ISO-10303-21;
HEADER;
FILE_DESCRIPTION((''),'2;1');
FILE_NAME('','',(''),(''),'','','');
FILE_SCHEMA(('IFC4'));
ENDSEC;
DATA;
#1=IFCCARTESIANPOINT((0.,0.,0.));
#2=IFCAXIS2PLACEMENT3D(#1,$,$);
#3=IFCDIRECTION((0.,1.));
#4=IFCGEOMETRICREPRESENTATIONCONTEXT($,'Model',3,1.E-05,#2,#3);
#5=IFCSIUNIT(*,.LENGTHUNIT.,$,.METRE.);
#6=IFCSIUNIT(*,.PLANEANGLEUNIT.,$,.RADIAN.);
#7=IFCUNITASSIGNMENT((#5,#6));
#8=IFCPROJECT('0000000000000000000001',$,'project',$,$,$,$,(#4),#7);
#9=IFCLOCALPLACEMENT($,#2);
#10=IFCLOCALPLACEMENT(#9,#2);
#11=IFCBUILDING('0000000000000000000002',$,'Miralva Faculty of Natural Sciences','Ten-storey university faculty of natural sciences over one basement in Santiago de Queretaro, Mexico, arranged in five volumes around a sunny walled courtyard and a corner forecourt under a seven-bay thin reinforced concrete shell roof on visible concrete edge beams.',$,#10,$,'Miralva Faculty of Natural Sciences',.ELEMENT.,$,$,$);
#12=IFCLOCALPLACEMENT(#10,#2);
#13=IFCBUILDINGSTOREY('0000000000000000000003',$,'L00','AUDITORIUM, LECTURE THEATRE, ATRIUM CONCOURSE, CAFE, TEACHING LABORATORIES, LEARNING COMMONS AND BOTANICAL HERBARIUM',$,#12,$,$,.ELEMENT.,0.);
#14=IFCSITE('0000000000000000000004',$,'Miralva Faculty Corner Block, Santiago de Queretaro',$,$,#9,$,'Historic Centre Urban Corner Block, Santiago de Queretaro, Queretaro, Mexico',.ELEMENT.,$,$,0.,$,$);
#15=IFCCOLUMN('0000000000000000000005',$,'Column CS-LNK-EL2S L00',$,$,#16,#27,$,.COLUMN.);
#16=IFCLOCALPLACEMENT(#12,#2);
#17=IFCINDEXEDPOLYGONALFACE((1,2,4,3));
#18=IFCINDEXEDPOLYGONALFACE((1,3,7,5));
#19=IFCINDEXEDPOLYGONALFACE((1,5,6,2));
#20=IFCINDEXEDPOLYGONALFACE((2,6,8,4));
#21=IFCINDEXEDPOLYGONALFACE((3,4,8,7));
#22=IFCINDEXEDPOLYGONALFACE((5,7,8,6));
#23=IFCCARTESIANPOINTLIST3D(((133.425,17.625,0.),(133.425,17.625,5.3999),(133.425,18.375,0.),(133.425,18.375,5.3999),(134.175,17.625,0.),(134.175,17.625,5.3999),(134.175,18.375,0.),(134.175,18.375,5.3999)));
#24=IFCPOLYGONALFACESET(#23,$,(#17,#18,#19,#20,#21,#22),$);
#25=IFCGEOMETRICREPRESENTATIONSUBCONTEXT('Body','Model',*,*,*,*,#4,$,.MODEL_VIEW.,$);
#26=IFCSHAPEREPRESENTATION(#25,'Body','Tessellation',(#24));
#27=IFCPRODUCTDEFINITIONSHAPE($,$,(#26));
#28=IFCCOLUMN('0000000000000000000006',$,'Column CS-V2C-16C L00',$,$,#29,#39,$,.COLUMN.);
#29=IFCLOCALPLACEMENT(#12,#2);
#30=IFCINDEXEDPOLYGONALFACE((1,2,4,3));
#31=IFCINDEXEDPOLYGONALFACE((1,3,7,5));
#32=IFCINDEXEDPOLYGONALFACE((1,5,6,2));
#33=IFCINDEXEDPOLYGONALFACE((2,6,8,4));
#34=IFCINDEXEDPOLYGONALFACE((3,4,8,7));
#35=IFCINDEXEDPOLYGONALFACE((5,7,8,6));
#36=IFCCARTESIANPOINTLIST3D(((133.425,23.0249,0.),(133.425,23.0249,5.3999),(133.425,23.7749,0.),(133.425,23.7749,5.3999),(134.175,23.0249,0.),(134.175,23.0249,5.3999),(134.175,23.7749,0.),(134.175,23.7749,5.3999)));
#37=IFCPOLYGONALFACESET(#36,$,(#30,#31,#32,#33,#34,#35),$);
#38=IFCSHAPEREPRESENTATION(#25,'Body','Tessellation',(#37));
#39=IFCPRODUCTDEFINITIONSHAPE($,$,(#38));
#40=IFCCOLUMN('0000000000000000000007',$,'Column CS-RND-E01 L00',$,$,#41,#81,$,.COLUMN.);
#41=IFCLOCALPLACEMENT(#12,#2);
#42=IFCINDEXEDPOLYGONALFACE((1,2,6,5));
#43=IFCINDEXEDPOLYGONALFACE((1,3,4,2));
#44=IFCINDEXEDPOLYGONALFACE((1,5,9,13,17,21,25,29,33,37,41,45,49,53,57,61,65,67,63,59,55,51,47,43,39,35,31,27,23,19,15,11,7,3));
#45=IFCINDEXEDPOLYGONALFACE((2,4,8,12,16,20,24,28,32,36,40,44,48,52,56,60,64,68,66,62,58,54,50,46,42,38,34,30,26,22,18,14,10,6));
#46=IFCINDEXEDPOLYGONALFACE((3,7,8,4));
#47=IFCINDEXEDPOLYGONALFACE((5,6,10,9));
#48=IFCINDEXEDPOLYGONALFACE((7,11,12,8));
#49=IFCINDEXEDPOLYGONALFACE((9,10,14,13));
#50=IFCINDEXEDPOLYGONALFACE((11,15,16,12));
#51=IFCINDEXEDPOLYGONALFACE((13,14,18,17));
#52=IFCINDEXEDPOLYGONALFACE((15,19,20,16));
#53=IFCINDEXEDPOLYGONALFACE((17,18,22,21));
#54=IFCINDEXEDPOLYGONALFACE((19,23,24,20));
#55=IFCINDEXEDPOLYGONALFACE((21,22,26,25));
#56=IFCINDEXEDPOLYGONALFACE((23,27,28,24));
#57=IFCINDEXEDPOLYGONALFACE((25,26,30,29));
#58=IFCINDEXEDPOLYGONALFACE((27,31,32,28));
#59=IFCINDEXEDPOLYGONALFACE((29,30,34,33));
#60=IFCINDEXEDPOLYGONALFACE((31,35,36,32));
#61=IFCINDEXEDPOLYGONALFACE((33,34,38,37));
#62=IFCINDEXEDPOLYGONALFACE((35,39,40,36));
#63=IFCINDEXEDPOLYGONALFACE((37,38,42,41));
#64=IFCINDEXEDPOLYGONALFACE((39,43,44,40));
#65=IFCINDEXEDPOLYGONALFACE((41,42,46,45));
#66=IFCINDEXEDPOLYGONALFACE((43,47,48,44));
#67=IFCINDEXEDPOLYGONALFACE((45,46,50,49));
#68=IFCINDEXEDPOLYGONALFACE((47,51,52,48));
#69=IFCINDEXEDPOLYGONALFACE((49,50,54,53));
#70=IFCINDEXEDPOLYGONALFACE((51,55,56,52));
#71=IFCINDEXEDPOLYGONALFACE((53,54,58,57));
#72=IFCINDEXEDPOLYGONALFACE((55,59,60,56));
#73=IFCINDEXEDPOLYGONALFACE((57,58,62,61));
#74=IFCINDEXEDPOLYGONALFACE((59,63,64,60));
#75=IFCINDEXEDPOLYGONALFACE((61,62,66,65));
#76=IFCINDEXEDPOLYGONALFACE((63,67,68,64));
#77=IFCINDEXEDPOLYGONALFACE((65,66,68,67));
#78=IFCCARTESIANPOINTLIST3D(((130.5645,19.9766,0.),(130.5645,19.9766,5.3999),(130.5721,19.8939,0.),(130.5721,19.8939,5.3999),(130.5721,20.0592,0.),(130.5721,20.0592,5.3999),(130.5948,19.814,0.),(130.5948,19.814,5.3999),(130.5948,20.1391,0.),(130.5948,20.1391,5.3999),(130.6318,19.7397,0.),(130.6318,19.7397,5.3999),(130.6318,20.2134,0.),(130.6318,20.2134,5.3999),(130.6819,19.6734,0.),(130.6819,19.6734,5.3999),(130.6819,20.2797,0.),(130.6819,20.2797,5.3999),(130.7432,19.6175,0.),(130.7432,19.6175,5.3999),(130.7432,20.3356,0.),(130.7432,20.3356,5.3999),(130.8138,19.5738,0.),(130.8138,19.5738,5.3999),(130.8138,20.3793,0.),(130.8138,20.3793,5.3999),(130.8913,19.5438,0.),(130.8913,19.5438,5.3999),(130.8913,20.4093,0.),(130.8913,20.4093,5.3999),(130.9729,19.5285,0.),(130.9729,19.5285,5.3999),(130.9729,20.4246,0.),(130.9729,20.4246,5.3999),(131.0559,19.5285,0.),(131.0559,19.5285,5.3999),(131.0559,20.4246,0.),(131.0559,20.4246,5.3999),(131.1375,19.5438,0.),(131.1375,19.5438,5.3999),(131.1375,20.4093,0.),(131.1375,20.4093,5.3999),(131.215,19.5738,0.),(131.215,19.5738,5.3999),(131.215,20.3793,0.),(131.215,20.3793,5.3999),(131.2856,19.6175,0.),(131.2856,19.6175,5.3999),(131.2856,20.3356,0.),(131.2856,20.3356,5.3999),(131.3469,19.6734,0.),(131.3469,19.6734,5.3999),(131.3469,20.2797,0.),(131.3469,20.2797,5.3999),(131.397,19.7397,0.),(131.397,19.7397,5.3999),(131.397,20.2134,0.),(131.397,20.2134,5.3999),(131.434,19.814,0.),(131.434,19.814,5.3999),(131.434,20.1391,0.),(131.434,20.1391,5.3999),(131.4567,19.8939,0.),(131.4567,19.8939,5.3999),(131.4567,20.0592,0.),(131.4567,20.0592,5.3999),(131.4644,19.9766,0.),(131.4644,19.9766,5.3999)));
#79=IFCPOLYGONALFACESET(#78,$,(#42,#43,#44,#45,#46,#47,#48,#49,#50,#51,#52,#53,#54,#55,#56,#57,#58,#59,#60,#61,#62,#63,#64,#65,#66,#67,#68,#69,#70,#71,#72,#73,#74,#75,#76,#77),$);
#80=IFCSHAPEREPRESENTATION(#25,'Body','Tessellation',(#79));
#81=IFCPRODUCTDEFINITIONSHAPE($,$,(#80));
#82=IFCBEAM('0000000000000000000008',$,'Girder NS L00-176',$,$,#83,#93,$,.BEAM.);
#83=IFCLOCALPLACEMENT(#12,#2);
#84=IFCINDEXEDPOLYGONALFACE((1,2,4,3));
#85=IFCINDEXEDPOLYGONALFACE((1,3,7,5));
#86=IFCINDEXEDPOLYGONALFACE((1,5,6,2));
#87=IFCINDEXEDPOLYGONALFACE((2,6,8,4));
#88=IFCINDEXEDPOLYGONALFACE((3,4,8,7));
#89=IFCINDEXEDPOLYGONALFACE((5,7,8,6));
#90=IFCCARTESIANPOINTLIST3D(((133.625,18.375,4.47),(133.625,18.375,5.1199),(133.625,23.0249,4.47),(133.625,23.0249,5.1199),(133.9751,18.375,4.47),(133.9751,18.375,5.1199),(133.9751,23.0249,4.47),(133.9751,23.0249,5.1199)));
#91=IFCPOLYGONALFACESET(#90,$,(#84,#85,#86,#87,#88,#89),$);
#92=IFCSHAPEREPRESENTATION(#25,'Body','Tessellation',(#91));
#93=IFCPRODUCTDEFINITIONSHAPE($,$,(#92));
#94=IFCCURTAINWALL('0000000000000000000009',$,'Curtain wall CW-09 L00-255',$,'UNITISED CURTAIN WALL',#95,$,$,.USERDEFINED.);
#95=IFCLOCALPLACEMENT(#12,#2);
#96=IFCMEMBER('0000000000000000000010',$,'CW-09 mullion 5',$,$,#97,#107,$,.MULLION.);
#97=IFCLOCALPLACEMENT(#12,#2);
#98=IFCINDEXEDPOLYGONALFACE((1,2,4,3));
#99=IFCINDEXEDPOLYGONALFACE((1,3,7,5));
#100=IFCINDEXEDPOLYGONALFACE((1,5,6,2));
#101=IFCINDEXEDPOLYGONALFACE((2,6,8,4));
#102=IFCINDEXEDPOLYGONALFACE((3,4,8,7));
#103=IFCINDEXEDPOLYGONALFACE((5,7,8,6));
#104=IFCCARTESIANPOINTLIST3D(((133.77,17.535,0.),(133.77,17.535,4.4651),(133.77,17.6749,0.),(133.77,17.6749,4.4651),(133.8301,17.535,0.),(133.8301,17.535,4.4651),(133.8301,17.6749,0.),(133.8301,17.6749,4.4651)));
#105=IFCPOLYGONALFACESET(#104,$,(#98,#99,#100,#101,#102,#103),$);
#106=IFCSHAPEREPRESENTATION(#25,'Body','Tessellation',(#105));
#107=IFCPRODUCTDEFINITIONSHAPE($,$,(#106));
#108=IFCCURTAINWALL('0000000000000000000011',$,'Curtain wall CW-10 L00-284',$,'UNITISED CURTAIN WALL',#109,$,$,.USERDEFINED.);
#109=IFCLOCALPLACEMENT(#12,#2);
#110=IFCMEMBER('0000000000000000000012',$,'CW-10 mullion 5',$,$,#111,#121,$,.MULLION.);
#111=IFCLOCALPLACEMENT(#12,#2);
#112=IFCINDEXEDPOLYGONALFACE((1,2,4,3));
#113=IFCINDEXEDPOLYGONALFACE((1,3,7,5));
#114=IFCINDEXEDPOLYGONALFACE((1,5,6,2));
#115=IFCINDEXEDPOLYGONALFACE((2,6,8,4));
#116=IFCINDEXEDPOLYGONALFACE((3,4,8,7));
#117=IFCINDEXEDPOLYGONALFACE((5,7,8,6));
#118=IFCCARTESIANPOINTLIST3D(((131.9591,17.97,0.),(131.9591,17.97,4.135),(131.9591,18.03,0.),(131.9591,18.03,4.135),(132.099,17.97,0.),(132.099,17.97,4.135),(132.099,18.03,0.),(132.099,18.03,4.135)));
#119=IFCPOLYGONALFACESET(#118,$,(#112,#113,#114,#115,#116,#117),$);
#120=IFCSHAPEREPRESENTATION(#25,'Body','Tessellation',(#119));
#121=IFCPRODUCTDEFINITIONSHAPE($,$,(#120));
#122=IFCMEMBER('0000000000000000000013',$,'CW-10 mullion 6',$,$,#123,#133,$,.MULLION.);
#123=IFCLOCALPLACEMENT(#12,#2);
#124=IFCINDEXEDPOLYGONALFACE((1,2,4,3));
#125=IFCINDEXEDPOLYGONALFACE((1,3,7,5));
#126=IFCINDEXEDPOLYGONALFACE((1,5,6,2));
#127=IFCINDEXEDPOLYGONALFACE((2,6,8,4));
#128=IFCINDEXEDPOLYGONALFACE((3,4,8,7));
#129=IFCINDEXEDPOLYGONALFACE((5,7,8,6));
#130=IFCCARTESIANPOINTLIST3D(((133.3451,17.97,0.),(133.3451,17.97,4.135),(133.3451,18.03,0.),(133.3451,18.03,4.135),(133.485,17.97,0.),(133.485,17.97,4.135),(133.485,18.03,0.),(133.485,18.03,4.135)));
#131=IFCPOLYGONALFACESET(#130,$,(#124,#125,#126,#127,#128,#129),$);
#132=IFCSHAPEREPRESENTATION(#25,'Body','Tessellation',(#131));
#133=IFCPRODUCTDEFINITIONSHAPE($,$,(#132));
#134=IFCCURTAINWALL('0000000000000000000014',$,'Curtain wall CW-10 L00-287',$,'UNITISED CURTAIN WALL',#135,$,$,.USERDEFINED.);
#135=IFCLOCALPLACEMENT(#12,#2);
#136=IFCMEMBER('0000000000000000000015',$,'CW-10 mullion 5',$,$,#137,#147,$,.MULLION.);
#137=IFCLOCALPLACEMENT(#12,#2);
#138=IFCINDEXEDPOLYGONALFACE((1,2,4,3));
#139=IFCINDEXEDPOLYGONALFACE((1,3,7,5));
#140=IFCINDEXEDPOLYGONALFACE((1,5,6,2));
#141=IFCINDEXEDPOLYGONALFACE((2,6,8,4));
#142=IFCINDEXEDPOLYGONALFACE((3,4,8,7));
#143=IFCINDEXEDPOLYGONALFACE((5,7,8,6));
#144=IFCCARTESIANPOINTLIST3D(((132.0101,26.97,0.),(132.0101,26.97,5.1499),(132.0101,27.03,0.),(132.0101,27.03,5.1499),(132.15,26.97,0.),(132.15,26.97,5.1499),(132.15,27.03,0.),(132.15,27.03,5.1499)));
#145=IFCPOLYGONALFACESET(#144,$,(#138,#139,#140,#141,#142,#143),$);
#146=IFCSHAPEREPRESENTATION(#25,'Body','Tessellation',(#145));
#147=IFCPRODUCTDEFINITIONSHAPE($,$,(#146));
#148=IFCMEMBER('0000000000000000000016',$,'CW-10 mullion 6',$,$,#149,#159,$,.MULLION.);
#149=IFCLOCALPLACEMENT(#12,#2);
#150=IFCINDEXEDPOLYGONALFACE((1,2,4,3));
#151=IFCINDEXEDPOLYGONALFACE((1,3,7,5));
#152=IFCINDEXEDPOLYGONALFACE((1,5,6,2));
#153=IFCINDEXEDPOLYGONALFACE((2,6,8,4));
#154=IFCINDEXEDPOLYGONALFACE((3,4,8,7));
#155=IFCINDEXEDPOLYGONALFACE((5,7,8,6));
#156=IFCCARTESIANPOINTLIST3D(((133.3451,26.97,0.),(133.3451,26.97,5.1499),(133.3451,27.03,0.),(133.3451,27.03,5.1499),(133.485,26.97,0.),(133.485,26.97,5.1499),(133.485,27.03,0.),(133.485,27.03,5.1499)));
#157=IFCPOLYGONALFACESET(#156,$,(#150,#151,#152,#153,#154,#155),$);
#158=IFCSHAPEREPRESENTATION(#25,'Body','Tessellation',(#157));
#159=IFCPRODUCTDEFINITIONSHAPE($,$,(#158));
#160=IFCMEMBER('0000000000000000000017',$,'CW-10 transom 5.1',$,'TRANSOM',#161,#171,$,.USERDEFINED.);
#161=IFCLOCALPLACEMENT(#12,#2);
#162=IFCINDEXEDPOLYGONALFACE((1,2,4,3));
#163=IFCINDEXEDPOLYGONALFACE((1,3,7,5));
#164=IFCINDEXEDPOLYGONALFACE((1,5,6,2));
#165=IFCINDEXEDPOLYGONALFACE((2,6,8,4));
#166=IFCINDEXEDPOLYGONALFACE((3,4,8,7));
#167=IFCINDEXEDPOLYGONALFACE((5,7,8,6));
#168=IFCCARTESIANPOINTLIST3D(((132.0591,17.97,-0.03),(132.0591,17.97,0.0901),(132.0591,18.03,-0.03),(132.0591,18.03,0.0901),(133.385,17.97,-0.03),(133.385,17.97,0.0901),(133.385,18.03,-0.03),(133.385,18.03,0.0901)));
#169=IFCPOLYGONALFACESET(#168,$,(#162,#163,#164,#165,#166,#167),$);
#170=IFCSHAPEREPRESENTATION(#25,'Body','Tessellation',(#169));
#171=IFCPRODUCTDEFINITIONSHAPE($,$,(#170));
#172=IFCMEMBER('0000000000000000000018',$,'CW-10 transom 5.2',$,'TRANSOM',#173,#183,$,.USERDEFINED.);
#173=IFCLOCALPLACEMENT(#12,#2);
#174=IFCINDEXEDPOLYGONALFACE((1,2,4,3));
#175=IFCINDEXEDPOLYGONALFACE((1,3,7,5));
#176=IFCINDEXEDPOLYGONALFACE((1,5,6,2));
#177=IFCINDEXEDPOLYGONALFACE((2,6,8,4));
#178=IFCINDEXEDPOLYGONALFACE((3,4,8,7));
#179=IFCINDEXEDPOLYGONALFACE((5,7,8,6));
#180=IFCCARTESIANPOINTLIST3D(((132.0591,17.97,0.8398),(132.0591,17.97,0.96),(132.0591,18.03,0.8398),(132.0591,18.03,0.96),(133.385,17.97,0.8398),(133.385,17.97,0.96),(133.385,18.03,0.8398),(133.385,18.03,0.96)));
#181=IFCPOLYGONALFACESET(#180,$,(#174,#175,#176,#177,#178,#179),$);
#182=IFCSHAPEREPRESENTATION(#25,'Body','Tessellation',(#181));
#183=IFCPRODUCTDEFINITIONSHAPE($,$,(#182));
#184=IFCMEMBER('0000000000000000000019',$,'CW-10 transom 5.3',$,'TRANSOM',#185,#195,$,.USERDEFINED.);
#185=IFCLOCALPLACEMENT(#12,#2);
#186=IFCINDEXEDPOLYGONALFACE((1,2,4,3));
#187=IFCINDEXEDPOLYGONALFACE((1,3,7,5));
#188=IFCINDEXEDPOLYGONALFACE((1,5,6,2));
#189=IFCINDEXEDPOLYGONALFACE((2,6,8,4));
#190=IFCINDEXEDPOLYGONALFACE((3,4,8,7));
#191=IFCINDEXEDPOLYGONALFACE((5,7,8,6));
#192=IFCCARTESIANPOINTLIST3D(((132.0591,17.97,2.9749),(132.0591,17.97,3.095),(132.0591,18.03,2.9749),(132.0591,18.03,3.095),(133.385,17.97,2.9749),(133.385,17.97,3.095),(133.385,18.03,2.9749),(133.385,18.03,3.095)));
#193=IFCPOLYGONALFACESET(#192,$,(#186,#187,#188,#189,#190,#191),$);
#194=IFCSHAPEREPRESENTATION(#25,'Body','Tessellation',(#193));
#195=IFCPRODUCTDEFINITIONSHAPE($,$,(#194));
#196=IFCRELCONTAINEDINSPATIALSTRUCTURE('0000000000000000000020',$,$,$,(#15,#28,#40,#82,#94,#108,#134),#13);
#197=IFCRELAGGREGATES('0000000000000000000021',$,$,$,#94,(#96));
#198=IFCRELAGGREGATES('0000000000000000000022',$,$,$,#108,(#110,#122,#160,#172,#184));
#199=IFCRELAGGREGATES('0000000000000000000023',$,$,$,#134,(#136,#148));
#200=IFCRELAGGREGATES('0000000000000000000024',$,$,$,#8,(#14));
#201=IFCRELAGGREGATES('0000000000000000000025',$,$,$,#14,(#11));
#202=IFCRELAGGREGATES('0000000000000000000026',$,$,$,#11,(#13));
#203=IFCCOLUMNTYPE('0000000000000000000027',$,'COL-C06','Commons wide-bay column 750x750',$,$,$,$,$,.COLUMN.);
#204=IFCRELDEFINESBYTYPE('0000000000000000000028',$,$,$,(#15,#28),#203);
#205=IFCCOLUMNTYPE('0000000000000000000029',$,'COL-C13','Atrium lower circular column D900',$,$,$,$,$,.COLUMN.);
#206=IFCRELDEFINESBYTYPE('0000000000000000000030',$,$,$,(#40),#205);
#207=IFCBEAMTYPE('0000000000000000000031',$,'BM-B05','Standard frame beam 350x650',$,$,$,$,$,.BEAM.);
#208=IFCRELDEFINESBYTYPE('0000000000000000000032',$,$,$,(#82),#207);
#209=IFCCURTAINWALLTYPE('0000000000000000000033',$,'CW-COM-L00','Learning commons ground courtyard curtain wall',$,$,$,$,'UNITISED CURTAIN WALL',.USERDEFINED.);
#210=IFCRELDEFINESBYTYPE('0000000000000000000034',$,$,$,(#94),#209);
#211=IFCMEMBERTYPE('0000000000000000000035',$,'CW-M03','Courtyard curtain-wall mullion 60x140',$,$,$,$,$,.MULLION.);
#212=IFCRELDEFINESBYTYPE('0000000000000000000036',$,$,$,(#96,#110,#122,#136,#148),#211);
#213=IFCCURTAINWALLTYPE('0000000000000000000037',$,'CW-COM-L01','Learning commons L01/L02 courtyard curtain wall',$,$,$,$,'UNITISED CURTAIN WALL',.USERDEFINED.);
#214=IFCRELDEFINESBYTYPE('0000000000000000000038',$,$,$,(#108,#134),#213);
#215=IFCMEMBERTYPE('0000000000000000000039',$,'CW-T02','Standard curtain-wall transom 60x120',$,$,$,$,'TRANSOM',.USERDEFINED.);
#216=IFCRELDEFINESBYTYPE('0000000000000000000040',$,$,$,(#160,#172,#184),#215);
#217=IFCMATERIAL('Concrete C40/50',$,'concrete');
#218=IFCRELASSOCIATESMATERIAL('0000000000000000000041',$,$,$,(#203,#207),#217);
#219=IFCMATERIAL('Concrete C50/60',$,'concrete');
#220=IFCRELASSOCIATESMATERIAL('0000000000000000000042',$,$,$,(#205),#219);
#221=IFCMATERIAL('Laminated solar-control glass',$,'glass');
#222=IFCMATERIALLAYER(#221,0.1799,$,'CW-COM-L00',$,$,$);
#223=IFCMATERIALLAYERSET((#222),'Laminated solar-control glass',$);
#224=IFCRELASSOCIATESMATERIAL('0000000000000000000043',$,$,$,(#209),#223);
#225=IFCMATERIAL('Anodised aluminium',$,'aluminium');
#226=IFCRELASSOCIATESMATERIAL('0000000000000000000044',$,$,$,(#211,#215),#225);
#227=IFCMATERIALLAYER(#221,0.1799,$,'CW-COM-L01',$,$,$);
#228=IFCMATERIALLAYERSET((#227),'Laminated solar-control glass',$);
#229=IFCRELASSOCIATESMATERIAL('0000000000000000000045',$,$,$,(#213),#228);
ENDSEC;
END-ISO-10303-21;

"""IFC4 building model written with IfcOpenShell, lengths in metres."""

from ifc_helpers import new_model, si_unit, direction, frame, origin, origin_2d, place, context, subcontext, project, spatial, rectangle, circle, extrude, material, layer, layer_set, material_profile, profile_set, type_object, element, aggregate, save


model = new_model("IFC4")

# Units and contexts
model_context = context("Model", 3, precision=1e-05, world=origin(), true_north=direction((0.0, 1.0)))
body_context = subcontext(model_context, "Body", "Model", "MODEL_VIEW")
ifc_project = project(units=[si_unit("LENGTHUNIT", "METRE"), si_unit("PLANEANGLEUNIT", "RADIAN")], contexts=[model_context])

# Site, building, storey
site_placement = place(None, origin())
site = spatial("IfcSite", under=ifc_project, at=site_placement, Name="Miralva Faculty Corner Block, Santiago de Queretaro", LongName="Historic Centre Urban Corner Block, Santiago de Queretaro, Queretaro, Mexico", CompositionType="ELEMENT", RefElevation=0.0)
building_placement = place(site_placement, origin())
building = spatial("IfcBuilding", under=site, at=building_placement, Name="Miralva Faculty of Natural Sciences", Description="Ten-storey university faculty of natural sciences over one basement in Santiago de Queretaro, Mexico, arranged in five volumes around a sunny walled courtyard and a corner forecourt under a seven-bay thin reinforced concrete shell roof on visible concrete edge beams.", LongName="Miralva Faculty of Natural Sciences", CompositionType="ELEMENT")
storey_placement = place(building_placement, origin())
storey = spatial("IfcBuildingStorey", under=building, at=storey_placement, Name="L00", Description="AUDITORIUM, LECTURE THEATRE, ATRIUM CONCOURSE, CAFE, TEACHING LABORATORIES, LEARNING COMMONS AND BOTANICAL HERBARIUM", CompositionType="ELEMENT", Elevation=0.0)

# Columns
ifc_material_1 = material(Name="Concrete C40/50", Category="concrete")
ifc_material_profile_1 = material_profile(ifc_material_1, rectangle(XDim=0.75, YDim=0.75, at=origin_2d()), Name="RC 750x750")
ifc_profile_set_1 = profile_set([ifc_material_profile_1], Name="Concrete C40/50")
column_type_1 = type_object("IfcColumnType", Name="COL-C06", Description="Commons wide-bay column 750x750", PredefinedType="COLUMN", material=ifc_profile_set_1)
for number, where, z_axis, x_axis, name in (
    (1, (133.8, 18.0, 0.0), (0.0, 0.0, 1.0), (1.0, 0.0, 0.0), "Column CS-LNK-EL2S L00"),
    (2, (133.8, 23.3999, 0.0), (0.0, 0.0, 1.0), (1.0, 0.0, 0.0), "Column CS-V2C-16C L00"),
):
    element("IfcColumn", number, at=place(storey_placement, frame(where, z_axis=z_axis, x_axis=x_axis)), inside=storey, type_object=column_type_1, Name=name, PredefinedType="COLUMN", context=body_context, shape_type="SweptSolid", body=[
        extrude(rectangle(XDim=0.75, YDim=0.75, at=origin_2d()), origin(), (0.0, 0.0, 1.0), 5.3999),
    ])
ifc_material_2 = material(Name="Concrete C50/60", Category="concrete")
ifc_material_profile_2 = material_profile(ifc_material_2, circle(Radius=0.45, at=origin_2d()), Name="RC DIA 900")
ifc_profile_set_2 = profile_set([ifc_material_profile_2], Name="Concrete C50/60")
column_type_2 = type_object("IfcColumnType", Name="COL-C13", Description="Atrium lower circular column D900", PredefinedType="COLUMN", material=ifc_profile_set_2)
column_placement = place(storey_placement, frame((131.0144, 19.9766, 0.0), z_axis=(0.0, 0.0, 1.0), x_axis=(1.0, 0.0, 0.0)))
element("IfcColumn", 3, at=column_placement, inside=storey, type_object=column_type_2, Name="Column CS-RND-E01 L00", PredefinedType="COLUMN", context=body_context, shape_type="SweptSolid", body=[
    extrude(circle(Radius=0.45, at=origin_2d()), origin(), (0.0, 0.0, 1.0), 5.3999),
])

# Beam
ifc_material_profile_3 = material_profile(ifc_material_1, rectangle(XDim=0.3501, YDim=0.6499, at=origin_2d()), Name="RC 350x650")
ifc_profile_set_3 = profile_set([ifc_material_profile_3], Name="Concrete C40/50")
beam_type = type_object("IfcBeamType", Name="BM-B05", Description="Standard frame beam 350x650", PredefinedType="BEAM", material=ifc_profile_set_3)
beam_placement = place(storey_placement, frame((133.8, 18.375, 4.7949), z_axis=(0.0, 1.0, 0.0), x_axis=(-1.0, 0.0, 0.0)))
element("IfcBeam", 4, at=beam_placement, inside=storey, type_object=beam_type, Name="Girder NS L00-176", PredefinedType="BEAM", context=body_context, shape_type="SweptSolid", body=[
    extrude(rectangle(XDim=0.3501, YDim=0.6499, at=origin_2d()), origin(), (0.0, 0.0, 1.0), 4.6499),
])

# Curtain wall, member
ifc_material_3 = material(Name="Laminated solar-control glass", Category="glass")
ifc_layer_1 = layer(ifc_material_3, 0.1799, Name="CW-COM-L00")
ifc_layer_set_1 = layer_set([ifc_layer_1], Name="Laminated solar-control glass")
curtain_wall_type_1 = type_object("IfcCurtainWallType", Name="CW-COM-L00", Description="Learning commons ground courtyard curtain wall", ElementType="UNITISED CURTAIN WALL", PredefinedType="USERDEFINED", material=ifc_layer_set_1)
curtain_wall_1_placement = place(storey_placement, origin())
curtain_wall_1 = element("IfcCurtainWall", 5, at=curtain_wall_1_placement, inside=storey, type_object=curtain_wall_type_1, Name="Curtain wall CW-09 L00-255", ObjectType="UNITISED CURTAIN WALL", PredefinedType="USERDEFINED")
ifc_material_4 = material(Name="Anodised aluminium", Category="aluminium")
ifc_material_profile_4 = material_profile(ifc_material_4, rectangle(XDim=0.0601, YDim=0.1399, at=origin_2d()), Name="MULLION 60x140")
ifc_profile_set_4 = profile_set([ifc_material_profile_4], Name="Anodised aluminium")
member_type_1 = type_object("IfcMemberType", Name="CW-M03", Description="Courtyard curtain-wall mullion 60x140", PredefinedType="MULLION", material=ifc_profile_set_4)
member_1_placement = place(storey_placement, frame((133.8, 17.605, 0.0), z_axis=(0.0, 0.0, 1.0), x_axis=(-1.0, 0.0, 0.0)))
member_1 = element("IfcMember", 6, at=member_1_placement, type_object=member_type_1, Name="CW-09 mullion 5", PredefinedType="MULLION", context=body_context, shape_type="SweptSolid", body=[
    extrude(rectangle(XDim=0.0601, YDim=0.1399, at=origin_2d()), origin(), (0.0, 0.0, 1.0), 4.4651),
])

# Curtain walls, members
ifc_layer_2 = layer(ifc_material_3, 0.1799, Name="CW-COM-L01")
ifc_layer_set_2 = layer_set([ifc_layer_2], Name="Laminated solar-control glass")
curtain_wall_type_2 = type_object("IfcCurtainWallType", Name="CW-COM-L01", Description="Learning commons L01/L02 courtyard curtain wall", ElementType="UNITISED CURTAIN WALL", PredefinedType="USERDEFINED", material=ifc_layer_set_2)
curtain_wall_2_placement = place(storey_placement, origin())
curtain_wall_2 = element("IfcCurtainWall", 7, at=curtain_wall_2_placement, inside=storey, type_object=curtain_wall_type_2, Name="Curtain wall CW-10 L00-284", ObjectType="UNITISED CURTAIN WALL", PredefinedType="USERDEFINED")
member_2_placement = place(storey_placement, frame((132.0291, 18.0, 0.0), z_axis=(0.0, 0.0, 1.0), x_axis=(0.0, 1.0, 0.0)))
member_2 = element("IfcMember", 8, at=member_2_placement, type_object=member_type_1, Name="CW-10 mullion 5", PredefinedType="MULLION", context=body_context, shape_type="SweptSolid", body=[
    extrude(rectangle(XDim=0.0601, YDim=0.1399, at=origin_2d()), origin(), (0.0, 0.0, 1.0), 4.135),
])
member_3_placement = place(storey_placement, frame((133.415, 18.0, 0.0), z_axis=(0.0, 0.0, 1.0), x_axis=(0.0, 1.0, 0.0)))
member_3 = element("IfcMember", 9, at=member_3_placement, type_object=member_type_1, Name="CW-10 mullion 6", PredefinedType="MULLION", context=body_context, shape_type="SweptSolid", body=[
    extrude(rectangle(XDim=0.0601, YDim=0.1399, at=origin_2d()), origin(), (0.0, 0.0, 1.0), 4.135),
])
curtain_wall_3_placement = place(storey_placement, origin())
curtain_wall_3 = element("IfcCurtainWall", 10, at=curtain_wall_3_placement, inside=storey, type_object=curtain_wall_type_2, Name="Curtain wall CW-10 L00-287", ObjectType="UNITISED CURTAIN WALL", PredefinedType="USERDEFINED")
member_4_placement = place(storey_placement, frame((132.0801, 27.0, 0.0), z_axis=(0.0, 0.0, 1.0), x_axis=(0.0, 1.0, 0.0)))
member_4 = element("IfcMember", 11, at=member_4_placement, type_object=member_type_1, Name="CW-10 mullion 5", PredefinedType="MULLION", context=body_context, shape_type="SweptSolid", body=[
    extrude(rectangle(XDim=0.0601, YDim=0.1399, at=origin_2d()), origin(), (0.0, 0.0, 1.0), 5.1499),
])
member_5_placement = place(storey_placement, frame((133.415, 27.0, 0.0), z_axis=(0.0, 0.0, 1.0), x_axis=(0.0, 1.0, 0.0)))
member_5 = element("IfcMember", 12, at=member_5_placement, type_object=member_type_1, Name="CW-10 mullion 6", PredefinedType="MULLION", context=body_context, shape_type="SweptSolid", body=[
    extrude(rectangle(XDim=0.0601, YDim=0.1399, at=origin_2d()), origin(), (0.0, 0.0, 1.0), 5.1499),
])

# Members
ifc_material_profile_5 = material_profile(ifc_material_4, rectangle(XDim=0.0601, YDim=0.1201, at=origin_2d()), Name="TRANSOM 60x120")
ifc_profile_set_5 = profile_set([ifc_material_profile_5], Name="Anodised aluminium")
member_type_2 = type_object("IfcMemberType", Name="CW-T02", Description="Standard curtain-wall transom 60x120", ElementType="TRANSOM", PredefinedType="USERDEFINED", material=ifc_profile_set_5)
member_6_placement = place(storey_placement, frame((132.0591, 18.0, 0.03), z_axis=(1.0, 0.0, 0.0), x_axis=(0.0, 1.0, 0.0)))
member_6 = element("IfcMember", 13, at=member_6_placement, type_object=member_type_2, Name="CW-10 transom 5.1", ObjectType="TRANSOM", PredefinedType="USERDEFINED", context=body_context, shape_type="SweptSolid", body=[
    extrude(rectangle(XDim=0.0601, YDim=0.1201, at=origin_2d()), origin(), (0.0, 0.0, 1.0), 1.3259),
])
member_7_placement = place(storey_placement, frame((132.0591, 18.0, 0.8999), z_axis=(1.0, 0.0, 0.0), x_axis=(0.0, 1.0, 0.0)))
member_7 = element("IfcMember", 14, at=member_7_placement, type_object=member_type_2, Name="CW-10 transom 5.2", ObjectType="TRANSOM", PredefinedType="USERDEFINED", context=body_context, shape_type="SweptSolid", body=[
    extrude(rectangle(XDim=0.0601, YDim=0.1201, at=origin_2d()), origin(), (0.0, 0.0, 1.0), 1.3259),
])
member_8_placement = place(storey_placement, frame((132.0591, 18.0, 3.0349), z_axis=(1.0, 0.0, 0.0), x_axis=(0.0, 1.0, 0.0)))
member_8 = element("IfcMember", 15, at=member_8_placement, type_object=member_type_2, Name="CW-10 transom 5.3", ObjectType="TRANSOM", PredefinedType="USERDEFINED", context=body_context, shape_type="SweptSolid", body=[
    extrude(rectangle(XDim=0.0601, YDim=0.1201, at=origin_2d()), origin(), (0.0, 0.0, 1.0), 1.3259),
])

aggregate(curtain_wall_1, [member_1])
aggregate(curtain_wall_2, [member_2, member_3, member_6, member_7, member_8])
aggregate(curtain_wall_3, [member_4, member_5])

save(model, "model.ifc")
